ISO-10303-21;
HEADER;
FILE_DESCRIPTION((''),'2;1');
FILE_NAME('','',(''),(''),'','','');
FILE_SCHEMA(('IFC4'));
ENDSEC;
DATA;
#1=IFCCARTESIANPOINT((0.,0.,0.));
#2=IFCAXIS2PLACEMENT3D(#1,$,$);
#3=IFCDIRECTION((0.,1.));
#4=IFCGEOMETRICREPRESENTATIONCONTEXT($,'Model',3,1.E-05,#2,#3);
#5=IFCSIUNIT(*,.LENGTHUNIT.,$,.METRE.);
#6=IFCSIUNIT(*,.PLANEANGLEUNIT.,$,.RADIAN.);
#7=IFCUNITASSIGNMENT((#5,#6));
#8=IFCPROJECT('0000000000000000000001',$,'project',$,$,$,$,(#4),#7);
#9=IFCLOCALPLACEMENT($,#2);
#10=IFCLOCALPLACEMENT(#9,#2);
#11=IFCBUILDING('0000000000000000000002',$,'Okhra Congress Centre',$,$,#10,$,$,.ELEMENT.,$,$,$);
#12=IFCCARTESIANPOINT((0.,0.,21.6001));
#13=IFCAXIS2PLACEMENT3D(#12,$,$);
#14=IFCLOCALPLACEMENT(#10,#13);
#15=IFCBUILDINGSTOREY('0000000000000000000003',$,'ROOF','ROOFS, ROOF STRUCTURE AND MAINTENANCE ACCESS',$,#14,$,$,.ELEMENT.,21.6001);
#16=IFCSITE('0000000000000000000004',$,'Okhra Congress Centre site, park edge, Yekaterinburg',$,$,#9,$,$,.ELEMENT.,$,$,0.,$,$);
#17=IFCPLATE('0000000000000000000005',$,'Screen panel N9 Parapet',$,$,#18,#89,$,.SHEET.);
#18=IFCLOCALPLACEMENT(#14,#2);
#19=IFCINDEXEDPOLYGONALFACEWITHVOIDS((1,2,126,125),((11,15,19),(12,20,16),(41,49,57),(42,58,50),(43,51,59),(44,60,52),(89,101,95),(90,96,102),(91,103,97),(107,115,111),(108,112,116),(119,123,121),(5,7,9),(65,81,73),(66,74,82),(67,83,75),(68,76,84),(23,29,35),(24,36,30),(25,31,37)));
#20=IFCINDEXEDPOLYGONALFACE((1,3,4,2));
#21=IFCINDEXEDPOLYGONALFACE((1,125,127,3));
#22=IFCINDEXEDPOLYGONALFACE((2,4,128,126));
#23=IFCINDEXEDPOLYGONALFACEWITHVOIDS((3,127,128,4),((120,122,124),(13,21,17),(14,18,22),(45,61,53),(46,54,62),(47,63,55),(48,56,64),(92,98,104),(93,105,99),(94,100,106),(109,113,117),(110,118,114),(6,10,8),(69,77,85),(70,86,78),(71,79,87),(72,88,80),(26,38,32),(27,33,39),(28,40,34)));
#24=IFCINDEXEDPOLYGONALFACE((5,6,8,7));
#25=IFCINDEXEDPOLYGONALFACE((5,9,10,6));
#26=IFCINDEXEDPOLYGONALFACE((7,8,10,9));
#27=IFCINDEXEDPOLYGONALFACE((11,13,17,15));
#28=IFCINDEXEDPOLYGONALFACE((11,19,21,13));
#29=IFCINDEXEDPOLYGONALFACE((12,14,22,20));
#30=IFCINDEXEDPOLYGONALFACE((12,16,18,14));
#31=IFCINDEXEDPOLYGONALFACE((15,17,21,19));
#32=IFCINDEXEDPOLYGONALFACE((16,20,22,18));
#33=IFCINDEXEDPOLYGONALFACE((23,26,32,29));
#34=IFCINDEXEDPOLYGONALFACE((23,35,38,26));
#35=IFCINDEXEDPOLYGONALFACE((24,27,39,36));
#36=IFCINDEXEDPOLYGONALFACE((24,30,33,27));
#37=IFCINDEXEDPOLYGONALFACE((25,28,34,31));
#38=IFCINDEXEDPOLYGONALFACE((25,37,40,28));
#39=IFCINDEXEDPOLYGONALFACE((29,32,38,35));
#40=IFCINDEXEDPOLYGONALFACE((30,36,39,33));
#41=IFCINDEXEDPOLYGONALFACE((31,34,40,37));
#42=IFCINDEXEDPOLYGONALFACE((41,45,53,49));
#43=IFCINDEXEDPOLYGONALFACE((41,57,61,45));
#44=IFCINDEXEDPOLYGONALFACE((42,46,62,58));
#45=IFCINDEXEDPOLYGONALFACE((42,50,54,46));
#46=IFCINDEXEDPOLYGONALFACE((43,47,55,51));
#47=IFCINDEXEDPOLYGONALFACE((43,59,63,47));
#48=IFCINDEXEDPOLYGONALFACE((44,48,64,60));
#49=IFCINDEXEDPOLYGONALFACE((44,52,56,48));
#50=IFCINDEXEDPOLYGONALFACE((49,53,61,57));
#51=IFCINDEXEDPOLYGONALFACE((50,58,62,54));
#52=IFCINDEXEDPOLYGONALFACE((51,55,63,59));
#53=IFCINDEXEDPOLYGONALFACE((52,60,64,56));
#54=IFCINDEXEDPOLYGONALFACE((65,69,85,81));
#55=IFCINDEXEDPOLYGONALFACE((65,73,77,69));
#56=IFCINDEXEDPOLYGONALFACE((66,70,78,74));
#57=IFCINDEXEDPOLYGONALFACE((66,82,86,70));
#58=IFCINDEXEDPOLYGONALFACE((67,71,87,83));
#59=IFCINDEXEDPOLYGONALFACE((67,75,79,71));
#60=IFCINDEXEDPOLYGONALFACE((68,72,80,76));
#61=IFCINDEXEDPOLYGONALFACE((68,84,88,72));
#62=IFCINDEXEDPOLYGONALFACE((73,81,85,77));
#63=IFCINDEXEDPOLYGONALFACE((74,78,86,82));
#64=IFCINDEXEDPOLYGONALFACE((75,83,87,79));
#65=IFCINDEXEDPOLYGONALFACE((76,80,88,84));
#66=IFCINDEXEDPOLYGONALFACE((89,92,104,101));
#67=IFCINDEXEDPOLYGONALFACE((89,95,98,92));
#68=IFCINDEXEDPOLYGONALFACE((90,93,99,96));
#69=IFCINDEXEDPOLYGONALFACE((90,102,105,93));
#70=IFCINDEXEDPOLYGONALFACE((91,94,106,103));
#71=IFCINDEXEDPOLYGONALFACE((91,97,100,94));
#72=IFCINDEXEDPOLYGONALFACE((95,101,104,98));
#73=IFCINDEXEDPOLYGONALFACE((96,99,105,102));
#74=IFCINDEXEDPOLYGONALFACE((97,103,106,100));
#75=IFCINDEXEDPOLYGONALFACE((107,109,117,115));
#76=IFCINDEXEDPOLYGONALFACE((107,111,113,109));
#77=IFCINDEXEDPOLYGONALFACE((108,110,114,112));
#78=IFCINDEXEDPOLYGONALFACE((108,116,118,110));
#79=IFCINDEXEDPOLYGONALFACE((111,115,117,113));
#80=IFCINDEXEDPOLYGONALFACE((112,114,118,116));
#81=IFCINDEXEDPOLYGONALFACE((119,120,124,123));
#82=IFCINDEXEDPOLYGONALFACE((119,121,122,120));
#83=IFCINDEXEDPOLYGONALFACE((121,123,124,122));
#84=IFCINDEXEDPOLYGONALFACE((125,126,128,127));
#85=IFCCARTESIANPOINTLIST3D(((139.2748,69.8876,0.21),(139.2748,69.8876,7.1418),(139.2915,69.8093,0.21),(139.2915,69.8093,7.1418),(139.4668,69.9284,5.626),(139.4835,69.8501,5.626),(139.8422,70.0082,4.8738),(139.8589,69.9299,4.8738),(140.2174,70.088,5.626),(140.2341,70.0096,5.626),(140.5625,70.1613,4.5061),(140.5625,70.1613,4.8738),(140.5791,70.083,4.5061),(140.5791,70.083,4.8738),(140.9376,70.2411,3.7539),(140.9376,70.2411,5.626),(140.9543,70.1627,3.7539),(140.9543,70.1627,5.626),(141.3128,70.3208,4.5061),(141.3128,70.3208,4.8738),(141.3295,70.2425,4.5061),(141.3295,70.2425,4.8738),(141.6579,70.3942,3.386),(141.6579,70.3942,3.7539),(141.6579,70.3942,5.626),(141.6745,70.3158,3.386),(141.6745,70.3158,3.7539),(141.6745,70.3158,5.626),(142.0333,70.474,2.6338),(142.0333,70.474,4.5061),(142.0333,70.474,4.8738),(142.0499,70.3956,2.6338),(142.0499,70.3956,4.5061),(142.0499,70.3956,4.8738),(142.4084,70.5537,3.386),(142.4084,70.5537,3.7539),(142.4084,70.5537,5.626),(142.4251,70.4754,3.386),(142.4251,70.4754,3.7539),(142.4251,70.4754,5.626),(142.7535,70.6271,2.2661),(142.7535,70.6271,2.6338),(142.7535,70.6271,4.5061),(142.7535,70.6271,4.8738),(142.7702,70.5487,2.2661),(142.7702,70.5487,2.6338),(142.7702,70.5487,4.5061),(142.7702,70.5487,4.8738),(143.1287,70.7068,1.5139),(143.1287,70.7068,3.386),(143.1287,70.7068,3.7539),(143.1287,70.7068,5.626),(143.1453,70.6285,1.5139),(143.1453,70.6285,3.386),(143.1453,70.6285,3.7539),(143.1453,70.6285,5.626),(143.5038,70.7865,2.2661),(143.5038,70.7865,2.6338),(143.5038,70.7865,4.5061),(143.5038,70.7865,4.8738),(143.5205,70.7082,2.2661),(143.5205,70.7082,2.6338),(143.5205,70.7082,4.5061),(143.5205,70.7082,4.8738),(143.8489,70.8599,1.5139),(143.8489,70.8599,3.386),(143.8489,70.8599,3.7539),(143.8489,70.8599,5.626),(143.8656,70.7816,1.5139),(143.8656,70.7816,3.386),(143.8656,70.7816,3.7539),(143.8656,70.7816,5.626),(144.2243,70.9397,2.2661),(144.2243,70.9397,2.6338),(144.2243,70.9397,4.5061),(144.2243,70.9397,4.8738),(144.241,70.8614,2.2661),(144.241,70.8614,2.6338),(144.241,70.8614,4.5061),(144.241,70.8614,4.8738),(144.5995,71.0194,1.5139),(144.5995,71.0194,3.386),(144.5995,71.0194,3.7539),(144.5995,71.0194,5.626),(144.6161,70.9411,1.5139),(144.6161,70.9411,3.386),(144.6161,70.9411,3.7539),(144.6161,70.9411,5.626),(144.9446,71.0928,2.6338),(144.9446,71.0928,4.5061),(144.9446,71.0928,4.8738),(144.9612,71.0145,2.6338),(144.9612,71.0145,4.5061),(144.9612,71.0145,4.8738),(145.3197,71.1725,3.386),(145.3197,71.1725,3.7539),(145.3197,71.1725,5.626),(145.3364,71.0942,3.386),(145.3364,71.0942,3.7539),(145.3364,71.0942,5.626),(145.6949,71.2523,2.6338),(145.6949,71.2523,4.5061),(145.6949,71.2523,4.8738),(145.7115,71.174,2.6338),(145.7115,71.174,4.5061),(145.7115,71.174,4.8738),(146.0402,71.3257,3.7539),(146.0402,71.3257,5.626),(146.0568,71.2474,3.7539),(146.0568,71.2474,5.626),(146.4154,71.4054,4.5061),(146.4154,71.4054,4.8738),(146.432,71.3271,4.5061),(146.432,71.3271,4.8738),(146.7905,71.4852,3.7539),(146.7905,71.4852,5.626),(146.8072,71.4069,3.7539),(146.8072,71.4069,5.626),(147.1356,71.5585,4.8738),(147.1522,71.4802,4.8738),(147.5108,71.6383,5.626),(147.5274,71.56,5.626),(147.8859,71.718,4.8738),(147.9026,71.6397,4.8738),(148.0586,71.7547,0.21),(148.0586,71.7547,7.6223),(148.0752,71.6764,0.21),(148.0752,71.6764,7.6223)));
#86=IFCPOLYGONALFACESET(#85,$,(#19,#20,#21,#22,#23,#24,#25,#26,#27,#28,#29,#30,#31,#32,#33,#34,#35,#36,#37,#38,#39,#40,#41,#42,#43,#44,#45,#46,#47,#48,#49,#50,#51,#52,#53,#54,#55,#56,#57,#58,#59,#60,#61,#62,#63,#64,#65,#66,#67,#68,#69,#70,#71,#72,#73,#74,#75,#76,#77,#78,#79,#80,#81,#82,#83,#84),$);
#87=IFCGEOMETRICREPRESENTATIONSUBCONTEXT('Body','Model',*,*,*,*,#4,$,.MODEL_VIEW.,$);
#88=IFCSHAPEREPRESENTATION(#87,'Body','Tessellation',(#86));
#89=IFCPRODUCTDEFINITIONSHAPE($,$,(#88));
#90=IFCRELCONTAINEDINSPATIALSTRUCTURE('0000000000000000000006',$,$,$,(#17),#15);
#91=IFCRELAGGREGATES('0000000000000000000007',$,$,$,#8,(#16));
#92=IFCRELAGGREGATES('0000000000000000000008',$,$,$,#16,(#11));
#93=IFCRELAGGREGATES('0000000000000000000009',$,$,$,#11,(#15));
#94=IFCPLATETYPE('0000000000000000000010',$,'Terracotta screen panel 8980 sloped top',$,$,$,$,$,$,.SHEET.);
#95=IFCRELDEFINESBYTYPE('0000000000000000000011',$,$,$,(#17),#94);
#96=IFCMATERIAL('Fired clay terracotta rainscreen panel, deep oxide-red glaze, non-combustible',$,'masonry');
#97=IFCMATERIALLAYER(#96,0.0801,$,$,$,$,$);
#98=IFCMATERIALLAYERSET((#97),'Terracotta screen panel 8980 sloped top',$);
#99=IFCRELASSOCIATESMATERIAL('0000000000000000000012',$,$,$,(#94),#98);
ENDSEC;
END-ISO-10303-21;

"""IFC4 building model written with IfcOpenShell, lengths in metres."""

from ifc_helpers import new_model, si_unit, direction, frame, origin, place, context, subcontext, project, spatial, polyline, outline, extrude, material, layer, layer_set, type_object, element, save


model = new_model("IFC4")

# Units and contexts
model_context = context("Model", 3, precision=1e-05, world=origin(), true_north=direction((0.0, 1.0)))
body_context = subcontext(model_context, "Body", "Model", "MODEL_VIEW")
ifc_project = project(units=[si_unit("LENGTHUNIT", "METRE"), si_unit("PLANEANGLEUNIT", "RADIAN")], contexts=[model_context])

# Site, building, storey
site_placement = place(None, origin())
site = spatial("IfcSite", under=ifc_project, at=site_placement, Name="Okhra Congress Centre site, park edge, Yekaterinburg", CompositionType="ELEMENT", RefElevation=0.0)
building_placement = place(site_placement, origin())
building = spatial("IfcBuilding", under=site, at=building_placement, Name="Okhra Congress Centre", CompositionType="ELEMENT")
storey_placement = place(building_placement, frame((0.0, 0.0, 21.6001)))
storey = spatial("IfcBuildingStorey", under=building, at=storey_placement, Name="ROOF", Description="ROOFS, ROOF STRUCTURE AND MAINTENANCE ACCESS", CompositionType="ELEMENT", Elevation=21.6001)

# Plate
ifc_material_1 = material(Name="Fired clay terracotta rainscreen panel, deep oxide-red glaze, non-combustible", Category="masonry")
ifc_layer_1 = layer(ifc_material_1, 0.0801)
ifc_layer_set_1 = layer_set([ifc_layer_1], Name="Terracotta screen panel 8980 sloped top")
plate_type_1 = type_object("IfcPlateType", Name="Terracotta screen panel 8980 sloped top", PredefinedType="SHEET", material=ifc_layer_set_1)
plate_1_placement = place(storey_placement, frame((148.0669, 71.7156, 0.21), z_axis=(0.0, 0.0, 1.0), x_axis=(-0.978145, -0.207923, 0.0)))
element("IfcPlate", 1, at=plate_1_placement, inside=storey, type_object=plate_type_1, Name="Screen panel N9 Parapet", PredefinedType="SHEET", context=body_context, shape_type="SweptSolid", body=[
    extrude(outline(polyline([(0.0, 0.0), (8.98, 0.0), (8.98, 6.9319), (0.0, 7.4124), (0.0, 0.0)]), holes=[polyline([(3.5364, 1.304), (4.3037, 1.304), (3.9199, 2.0562), (3.5364, 1.304)]), polyline([(4.6565, 2.0562), (5.04, 1.304), (5.4236, 2.0562), (4.6565, 2.0562)]), polyline([(2.4165, 2.4238), (3.1836, 2.4238), (2.8, 3.176), (2.4165, 2.4238)]), polyline([(3.5364, 3.176), (3.9199, 2.4238), (4.3037, 3.176), (3.5364, 3.176)]), polyline([(4.6565, 2.4238), (5.4236, 2.4238), (5.04, 3.176), (4.6565, 2.4238)]), polyline([(5.7764, 3.176), (6.1599, 2.4238), (6.5437, 3.176), (5.7764, 3.176)]), polyline([(1.2964, 3.5439), (2.0635, 3.5439), (1.6799, 4.2961), (1.2964, 3.5439)]), polyline([(2.4165, 4.2961), (2.8, 3.5439), (3.1836, 4.2961), (2.4165, 4.2961)]), polyline([(3.5364, 3.5439), (4.3037, 3.5439), (3.9199, 4.2961), (3.5364, 3.5439)]), polyline([(4.6565, 4.2961), (5.04, 3.5439), (5.4236, 4.2961), (4.6565, 4.2961)]), polyline([(5.7764, 3.5439), (6.5437, 3.5439), (6.1599, 4.2961), (5.7764, 3.5439)]), polyline([(6.8965, 4.2961), (7.28, 3.5439), (7.6636, 4.2961), (6.8965, 4.2961)]), polyline([(0.1765, 4.6638), (0.9436, 4.6638), (0.5601, 5.416), (0.1765, 4.6638)]), polyline([(1.2964, 5.416), (1.6799, 4.6638), (2.0635, 5.416), (1.2964, 5.416)]), polyline([(2.4165, 4.6638), (3.1836, 4.6638), (2.8, 5.416), (2.4165, 4.6638)]), polyline([(3.5364, 5.416), (3.9199, 4.6638), (4.3037, 5.416), (3.5364, 5.416)]), polyline([(4.6565, 4.6638), (5.4236, 4.6638), (5.04, 5.416), (4.6565, 4.6638)]), polyline([(5.7764, 5.416), (6.1599, 4.6638), (6.5437, 5.416), (5.7764, 5.416)]), polyline([(6.8965, 4.6638), (7.6636, 4.6638), (7.28, 5.416), (6.8965, 4.6638)]), polyline([(8.0164, 5.416), (8.3999, 4.6638), (8.7837, 5.416), (8.0164, 5.416)])]), frame((0.0, 0.04, 0.0), z_axis=(0.0, -1.0, 0.0), x_axis=(1.0, 0.0, 0.0)), (0.0, 0.0, 1.0), 0.0801),
])

save(model, "model.ifc")
